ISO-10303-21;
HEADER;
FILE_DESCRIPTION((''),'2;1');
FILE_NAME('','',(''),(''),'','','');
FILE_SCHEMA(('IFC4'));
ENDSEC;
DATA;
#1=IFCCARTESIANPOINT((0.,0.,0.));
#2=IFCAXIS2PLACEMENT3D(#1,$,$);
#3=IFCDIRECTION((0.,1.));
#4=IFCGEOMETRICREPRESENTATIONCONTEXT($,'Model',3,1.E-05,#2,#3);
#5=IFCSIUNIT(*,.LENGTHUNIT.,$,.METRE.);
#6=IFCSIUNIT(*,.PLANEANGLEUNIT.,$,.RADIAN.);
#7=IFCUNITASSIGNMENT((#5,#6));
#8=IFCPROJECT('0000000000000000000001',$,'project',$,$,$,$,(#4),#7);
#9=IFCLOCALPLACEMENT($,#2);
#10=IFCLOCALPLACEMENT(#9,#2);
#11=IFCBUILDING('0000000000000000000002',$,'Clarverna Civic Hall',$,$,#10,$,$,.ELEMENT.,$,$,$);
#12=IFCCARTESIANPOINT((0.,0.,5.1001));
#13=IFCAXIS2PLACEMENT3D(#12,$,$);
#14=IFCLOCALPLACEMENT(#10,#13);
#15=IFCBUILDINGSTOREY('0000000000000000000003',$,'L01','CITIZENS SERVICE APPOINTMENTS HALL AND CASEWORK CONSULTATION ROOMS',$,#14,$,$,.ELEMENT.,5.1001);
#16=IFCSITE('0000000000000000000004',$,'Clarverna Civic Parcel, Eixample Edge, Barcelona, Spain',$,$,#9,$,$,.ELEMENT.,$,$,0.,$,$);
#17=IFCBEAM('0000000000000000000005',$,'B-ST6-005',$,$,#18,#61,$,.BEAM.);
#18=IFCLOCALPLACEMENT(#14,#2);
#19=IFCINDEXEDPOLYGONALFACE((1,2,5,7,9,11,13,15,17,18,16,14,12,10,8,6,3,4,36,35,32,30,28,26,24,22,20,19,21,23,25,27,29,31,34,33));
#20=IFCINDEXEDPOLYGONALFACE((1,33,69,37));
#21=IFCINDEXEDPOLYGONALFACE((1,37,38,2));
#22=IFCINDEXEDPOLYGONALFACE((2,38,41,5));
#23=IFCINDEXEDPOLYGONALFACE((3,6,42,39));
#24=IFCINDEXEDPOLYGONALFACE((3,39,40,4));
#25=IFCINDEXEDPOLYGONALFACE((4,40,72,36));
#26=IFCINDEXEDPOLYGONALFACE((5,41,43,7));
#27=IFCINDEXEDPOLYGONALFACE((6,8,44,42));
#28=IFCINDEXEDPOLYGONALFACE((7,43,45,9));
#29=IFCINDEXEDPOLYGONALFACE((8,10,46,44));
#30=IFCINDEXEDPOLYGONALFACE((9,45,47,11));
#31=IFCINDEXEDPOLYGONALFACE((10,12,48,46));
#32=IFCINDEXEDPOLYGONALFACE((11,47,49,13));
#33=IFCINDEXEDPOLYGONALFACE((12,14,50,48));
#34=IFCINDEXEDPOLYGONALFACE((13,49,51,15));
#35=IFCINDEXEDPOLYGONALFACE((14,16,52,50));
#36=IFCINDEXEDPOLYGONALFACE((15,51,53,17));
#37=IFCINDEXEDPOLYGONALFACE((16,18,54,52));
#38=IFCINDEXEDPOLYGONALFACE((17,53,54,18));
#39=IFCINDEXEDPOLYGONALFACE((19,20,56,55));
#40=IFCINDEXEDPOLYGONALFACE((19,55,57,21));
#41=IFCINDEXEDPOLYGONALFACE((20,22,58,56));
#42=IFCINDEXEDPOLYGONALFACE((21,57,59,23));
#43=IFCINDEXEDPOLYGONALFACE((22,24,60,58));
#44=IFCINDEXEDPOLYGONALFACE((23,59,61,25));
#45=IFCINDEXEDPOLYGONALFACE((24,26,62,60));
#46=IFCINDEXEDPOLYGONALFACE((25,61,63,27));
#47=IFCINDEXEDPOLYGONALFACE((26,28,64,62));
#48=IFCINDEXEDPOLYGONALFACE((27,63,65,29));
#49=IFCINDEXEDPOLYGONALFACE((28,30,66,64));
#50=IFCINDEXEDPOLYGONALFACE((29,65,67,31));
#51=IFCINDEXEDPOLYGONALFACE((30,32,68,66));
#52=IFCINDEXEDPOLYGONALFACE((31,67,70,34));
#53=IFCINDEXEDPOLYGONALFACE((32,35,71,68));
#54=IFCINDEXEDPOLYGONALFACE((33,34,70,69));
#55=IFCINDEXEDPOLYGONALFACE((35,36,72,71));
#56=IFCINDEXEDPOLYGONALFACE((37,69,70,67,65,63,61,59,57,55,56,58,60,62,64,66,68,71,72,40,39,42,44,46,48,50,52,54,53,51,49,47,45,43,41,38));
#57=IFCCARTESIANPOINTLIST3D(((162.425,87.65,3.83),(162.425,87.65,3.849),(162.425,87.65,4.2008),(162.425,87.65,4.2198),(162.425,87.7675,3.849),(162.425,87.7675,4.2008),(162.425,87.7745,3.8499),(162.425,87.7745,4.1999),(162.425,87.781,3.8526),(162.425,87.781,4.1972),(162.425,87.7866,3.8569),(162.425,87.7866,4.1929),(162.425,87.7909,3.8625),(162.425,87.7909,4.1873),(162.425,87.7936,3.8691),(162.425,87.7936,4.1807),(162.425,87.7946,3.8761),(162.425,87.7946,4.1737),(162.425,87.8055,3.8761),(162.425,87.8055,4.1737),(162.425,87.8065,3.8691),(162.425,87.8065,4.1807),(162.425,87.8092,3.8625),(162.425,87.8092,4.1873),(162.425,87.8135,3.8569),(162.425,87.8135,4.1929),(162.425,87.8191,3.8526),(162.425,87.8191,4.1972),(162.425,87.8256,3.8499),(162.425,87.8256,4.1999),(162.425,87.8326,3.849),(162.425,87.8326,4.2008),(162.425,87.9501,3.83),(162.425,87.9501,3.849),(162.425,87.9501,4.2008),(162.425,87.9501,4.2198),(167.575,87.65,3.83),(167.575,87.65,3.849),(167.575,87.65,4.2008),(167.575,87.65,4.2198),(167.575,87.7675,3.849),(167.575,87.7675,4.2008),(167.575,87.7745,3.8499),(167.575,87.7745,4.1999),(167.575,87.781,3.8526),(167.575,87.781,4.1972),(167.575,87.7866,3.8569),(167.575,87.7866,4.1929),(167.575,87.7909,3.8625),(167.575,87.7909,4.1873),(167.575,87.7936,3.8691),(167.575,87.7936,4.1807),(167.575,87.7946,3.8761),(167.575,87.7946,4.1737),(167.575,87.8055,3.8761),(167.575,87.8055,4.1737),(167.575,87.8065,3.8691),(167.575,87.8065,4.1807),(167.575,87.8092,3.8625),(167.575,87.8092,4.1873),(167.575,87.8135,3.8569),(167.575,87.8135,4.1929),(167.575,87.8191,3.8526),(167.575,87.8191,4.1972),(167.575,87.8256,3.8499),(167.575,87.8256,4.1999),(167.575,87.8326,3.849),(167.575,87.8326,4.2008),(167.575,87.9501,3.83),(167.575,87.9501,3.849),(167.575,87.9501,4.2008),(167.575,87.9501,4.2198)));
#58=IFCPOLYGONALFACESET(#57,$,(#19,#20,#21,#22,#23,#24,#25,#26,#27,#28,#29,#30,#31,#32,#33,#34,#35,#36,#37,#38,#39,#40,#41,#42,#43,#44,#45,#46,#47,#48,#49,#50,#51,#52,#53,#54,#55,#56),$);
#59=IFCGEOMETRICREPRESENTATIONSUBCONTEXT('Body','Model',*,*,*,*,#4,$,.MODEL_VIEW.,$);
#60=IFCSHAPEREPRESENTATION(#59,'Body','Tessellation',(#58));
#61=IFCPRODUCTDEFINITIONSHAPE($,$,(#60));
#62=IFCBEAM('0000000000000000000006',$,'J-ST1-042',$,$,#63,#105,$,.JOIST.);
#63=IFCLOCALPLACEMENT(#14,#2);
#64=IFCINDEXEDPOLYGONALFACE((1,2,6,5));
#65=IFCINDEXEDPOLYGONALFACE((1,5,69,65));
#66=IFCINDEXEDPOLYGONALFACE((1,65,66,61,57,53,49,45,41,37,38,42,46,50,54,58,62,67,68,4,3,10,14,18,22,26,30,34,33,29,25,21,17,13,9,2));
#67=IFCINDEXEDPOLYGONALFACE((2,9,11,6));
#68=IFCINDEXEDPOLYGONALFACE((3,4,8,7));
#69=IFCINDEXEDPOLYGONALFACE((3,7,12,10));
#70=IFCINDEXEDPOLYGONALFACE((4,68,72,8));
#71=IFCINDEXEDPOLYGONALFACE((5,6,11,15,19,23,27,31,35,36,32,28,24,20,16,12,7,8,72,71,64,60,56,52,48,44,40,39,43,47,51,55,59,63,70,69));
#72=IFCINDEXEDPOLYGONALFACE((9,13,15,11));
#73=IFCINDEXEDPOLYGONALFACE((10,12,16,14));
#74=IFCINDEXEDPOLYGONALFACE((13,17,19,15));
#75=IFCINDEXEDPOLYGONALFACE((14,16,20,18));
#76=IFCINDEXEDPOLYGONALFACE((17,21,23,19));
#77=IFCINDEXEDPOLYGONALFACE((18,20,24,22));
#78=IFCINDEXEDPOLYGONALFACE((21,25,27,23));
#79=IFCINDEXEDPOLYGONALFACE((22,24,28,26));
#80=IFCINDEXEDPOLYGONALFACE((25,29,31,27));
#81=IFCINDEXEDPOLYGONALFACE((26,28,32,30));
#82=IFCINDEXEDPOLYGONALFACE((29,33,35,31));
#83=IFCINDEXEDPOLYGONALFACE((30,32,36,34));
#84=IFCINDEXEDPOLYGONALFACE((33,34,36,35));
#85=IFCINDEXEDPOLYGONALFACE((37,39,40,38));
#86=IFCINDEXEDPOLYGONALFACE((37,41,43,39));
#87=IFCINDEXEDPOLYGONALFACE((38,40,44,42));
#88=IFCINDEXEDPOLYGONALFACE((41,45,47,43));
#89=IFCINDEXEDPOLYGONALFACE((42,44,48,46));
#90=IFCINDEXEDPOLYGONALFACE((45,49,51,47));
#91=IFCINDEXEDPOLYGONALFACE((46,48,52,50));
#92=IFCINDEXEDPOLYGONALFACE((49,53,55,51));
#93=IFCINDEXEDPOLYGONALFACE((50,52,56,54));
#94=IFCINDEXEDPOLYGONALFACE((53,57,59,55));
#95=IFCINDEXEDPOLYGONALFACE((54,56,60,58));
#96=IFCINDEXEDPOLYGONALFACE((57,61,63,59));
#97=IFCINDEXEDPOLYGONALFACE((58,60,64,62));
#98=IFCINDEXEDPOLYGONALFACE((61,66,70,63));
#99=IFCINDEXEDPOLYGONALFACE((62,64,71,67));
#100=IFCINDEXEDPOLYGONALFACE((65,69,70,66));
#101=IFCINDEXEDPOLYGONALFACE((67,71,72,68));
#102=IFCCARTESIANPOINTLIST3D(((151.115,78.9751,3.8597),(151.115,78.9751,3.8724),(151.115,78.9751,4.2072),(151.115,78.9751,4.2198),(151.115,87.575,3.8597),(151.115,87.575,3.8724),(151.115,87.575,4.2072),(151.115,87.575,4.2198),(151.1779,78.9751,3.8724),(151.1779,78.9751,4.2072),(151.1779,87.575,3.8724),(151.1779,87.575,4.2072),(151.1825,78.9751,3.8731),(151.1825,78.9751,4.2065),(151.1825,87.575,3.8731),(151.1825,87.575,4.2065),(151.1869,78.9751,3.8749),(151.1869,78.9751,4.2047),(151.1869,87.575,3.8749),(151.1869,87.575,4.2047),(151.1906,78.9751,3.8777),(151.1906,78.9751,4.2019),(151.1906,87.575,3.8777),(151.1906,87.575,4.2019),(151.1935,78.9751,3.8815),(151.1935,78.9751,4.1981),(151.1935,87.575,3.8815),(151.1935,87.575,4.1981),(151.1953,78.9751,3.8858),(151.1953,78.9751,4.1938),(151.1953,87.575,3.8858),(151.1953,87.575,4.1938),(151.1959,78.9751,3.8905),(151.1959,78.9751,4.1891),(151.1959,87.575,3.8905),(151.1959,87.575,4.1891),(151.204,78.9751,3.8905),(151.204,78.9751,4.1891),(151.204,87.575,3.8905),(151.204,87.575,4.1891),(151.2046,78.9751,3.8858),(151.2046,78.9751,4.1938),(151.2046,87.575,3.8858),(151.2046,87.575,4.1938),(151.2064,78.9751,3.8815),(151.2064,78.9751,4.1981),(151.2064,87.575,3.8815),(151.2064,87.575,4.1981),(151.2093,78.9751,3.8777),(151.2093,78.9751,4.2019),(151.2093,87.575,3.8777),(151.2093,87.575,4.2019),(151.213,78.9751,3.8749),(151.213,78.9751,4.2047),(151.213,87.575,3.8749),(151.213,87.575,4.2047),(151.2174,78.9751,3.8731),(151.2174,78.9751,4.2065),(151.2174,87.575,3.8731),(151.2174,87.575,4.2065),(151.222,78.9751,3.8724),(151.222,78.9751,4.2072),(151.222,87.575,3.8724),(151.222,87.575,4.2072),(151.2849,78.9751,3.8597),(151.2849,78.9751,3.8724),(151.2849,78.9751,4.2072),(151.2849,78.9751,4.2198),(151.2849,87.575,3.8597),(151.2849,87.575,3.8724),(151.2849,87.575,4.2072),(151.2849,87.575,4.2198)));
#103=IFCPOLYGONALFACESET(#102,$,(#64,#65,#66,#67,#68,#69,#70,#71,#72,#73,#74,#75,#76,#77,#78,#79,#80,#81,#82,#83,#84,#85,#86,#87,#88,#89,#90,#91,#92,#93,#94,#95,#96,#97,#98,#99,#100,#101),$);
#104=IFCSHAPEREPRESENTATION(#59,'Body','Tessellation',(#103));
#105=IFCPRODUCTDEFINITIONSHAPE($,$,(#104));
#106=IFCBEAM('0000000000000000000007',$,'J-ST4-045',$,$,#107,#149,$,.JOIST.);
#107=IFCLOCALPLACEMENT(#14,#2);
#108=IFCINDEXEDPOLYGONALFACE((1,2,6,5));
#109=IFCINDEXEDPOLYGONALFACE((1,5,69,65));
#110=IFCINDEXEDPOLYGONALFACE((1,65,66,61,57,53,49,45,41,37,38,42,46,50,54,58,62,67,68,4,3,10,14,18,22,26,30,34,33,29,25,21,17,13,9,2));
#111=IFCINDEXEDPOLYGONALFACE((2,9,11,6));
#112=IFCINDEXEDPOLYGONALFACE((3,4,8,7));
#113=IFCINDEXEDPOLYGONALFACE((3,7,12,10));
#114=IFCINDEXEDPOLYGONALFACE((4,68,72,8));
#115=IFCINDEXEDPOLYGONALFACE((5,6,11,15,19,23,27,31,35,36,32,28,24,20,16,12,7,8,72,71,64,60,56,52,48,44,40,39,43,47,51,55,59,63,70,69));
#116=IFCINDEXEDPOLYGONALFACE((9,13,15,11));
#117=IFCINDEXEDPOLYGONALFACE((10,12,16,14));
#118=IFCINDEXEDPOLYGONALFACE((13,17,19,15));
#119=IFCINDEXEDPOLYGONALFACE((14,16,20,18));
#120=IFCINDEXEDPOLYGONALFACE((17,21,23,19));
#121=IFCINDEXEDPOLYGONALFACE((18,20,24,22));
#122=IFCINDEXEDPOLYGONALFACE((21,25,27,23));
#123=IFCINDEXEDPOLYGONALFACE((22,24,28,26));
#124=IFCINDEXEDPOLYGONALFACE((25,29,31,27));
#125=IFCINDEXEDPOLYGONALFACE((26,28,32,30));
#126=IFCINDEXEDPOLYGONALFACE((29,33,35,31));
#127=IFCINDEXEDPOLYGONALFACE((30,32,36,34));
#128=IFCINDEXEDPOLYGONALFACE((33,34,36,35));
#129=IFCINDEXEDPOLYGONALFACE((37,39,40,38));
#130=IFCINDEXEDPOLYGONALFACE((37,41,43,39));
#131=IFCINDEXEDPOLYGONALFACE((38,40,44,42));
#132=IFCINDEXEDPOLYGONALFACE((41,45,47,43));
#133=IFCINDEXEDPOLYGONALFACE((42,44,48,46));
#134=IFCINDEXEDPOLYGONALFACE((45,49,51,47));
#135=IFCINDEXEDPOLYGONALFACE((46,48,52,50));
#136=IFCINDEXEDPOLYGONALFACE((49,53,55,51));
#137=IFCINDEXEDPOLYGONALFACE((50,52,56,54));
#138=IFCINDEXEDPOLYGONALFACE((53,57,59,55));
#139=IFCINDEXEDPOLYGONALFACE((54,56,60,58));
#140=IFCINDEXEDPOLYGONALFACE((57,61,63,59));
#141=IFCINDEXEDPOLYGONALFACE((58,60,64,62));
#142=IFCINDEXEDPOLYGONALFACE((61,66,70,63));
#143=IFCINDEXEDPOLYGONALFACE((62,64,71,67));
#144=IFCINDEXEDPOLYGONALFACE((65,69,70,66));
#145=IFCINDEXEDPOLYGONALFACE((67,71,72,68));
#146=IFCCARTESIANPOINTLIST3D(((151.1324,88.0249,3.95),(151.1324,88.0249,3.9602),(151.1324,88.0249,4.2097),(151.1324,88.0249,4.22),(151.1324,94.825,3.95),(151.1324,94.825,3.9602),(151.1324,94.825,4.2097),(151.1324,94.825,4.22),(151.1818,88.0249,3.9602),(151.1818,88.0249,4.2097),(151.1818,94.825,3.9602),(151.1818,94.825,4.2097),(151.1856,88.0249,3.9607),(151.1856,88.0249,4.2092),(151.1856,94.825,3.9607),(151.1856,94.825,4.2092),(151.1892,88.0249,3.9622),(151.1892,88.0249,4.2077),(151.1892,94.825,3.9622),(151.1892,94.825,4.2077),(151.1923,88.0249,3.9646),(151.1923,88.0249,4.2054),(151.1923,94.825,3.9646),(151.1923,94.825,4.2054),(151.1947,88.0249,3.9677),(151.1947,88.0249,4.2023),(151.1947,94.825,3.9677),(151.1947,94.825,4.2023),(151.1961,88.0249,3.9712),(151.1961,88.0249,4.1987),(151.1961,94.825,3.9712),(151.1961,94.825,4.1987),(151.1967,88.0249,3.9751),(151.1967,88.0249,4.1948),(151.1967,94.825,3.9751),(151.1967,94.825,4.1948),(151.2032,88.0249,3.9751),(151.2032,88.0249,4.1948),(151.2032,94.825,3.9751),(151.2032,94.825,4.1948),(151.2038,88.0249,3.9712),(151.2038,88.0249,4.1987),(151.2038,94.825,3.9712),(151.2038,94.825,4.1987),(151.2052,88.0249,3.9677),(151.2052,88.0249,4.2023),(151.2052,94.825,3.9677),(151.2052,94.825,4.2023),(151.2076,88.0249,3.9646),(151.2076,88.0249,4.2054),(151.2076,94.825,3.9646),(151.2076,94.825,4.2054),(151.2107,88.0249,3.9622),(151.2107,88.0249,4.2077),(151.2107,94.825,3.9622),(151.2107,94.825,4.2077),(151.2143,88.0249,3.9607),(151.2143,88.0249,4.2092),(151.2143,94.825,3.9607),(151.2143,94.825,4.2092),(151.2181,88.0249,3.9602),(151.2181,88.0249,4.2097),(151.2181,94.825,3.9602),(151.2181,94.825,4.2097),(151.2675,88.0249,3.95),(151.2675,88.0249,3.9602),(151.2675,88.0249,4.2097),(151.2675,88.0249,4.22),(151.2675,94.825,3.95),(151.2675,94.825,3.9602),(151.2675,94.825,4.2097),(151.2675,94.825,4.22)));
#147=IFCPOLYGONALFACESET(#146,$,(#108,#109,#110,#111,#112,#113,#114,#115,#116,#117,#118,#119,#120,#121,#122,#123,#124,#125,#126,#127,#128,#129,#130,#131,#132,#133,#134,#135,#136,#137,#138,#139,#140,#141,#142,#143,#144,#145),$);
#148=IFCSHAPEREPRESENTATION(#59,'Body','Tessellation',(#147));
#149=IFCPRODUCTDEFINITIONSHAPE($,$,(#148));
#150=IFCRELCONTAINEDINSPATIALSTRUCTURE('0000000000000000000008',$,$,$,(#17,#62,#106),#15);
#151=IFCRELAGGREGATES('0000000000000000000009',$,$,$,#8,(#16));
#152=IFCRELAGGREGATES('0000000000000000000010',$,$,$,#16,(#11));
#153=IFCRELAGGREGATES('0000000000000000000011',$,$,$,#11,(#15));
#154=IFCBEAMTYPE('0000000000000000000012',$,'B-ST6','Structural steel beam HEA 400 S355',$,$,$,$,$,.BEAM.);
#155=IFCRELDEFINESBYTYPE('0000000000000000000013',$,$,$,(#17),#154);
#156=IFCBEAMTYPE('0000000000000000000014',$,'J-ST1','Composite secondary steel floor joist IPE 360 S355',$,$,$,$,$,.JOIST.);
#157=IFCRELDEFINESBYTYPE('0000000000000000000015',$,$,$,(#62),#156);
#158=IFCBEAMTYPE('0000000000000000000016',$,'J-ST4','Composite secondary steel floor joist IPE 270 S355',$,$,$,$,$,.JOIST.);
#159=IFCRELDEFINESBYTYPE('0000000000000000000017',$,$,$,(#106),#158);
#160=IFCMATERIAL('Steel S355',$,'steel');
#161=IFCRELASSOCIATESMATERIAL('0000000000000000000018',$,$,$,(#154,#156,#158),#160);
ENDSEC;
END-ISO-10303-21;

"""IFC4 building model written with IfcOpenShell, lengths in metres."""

from ifc_helpers import new_model, si_unit, direction, frame, origin, origin_2d, place, context, subcontext, project, spatial, i_section, extrude, material, material_profile, profile_set, type_object, element, save


model = new_model("IFC4")

# Units and contexts
model_context = context("Model", 3, precision=1e-05, world=origin(), true_north=direction((0.0, 1.0)))
body_context = subcontext(model_context, "Body", "Model", "MODEL_VIEW")
ifc_project = project(units=[si_unit("LENGTHUNIT", "METRE"), si_unit("PLANEANGLEUNIT", "RADIAN")], contexts=[model_context])

# Site, building, storey
site_placement = place(None, origin())
site = spatial("IfcSite", under=ifc_project, at=site_placement, Name="Clarverna Civic Parcel, Eixample Edge, Barcelona, Spain", CompositionType="ELEMENT", RefElevation=0.0)
building_placement = place(site_placement, origin())
building = spatial("IfcBuilding", under=site, at=building_placement, Name="Clarverna Civic Hall", CompositionType="ELEMENT")
storey_placement = place(building_placement, frame((0.0, 0.0, 5.1001)))
storey = spatial("IfcBuildingStorey", under=building, at=storey_placement, Name="L01", Description="CITIZENS SERVICE APPOINTMENTS HALL AND CASEWORK CONSULTATION ROOMS", CompositionType="ELEMENT", Elevation=5.1001)

# Beams
ifc_material_1 = material(Name="Steel S355", Category="steel")
ifc_material_profile_1 = material_profile(ifc_material_1, i_section(OverallWidth=0.3, OverallDepth=0.3899, WebThickness=0.011, FlangeThickness=0.019, FilletRadius=0.0271, at=origin_2d()), Name="HEA 400")
ifc_profile_set_1 = profile_set([ifc_material_profile_1], Name="Steel S355")
beam_type_1 = type_object("IfcBeamType", Name="B-ST6", Description="Structural steel beam HEA 400 S355", PredefinedType="BEAM", material=ifc_profile_set_1)
beam_1_placement = place(storey_placement, frame((162.425, 87.8, 4.0249), z_axis=(1.0, 0.0, 0.0), x_axis=(0.0, 1.0, 0.0)))
element("IfcBeam", 1, at=beam_1_placement, inside=storey, type_object=beam_type_1, Name="B-ST6-005", PredefinedType="BEAM", context=body_context, shape_type="SweptSolid", body=[
    extrude(i_section(OverallWidth=0.3, OverallDepth=0.3899, WebThickness=0.011, FlangeThickness=0.019, FilletRadius=0.0271, at=origin_2d()), origin(), (0.0, 0.0, 1.0), 5.1499),
])
ifc_material_profile_2 = material_profile(ifc_material_1, i_section(OverallWidth=0.1699, OverallDepth=0.3601, WebThickness=0.0081, FlangeThickness=0.0127, FilletRadius=0.0181, at=origin_2d()), Name="IPE 360")
ifc_profile_set_2 = profile_set([ifc_material_profile_2], Name="Steel S355")
beam_type_2 = type_object("IfcBeamType", Name="J-ST1", Description="Composite secondary steel floor joist IPE 360 S355", PredefinedType="JOIST", material=ifc_profile_set_2)
beam_2_placement = place(storey_placement, frame((151.2, 78.9751, 4.0398), z_axis=(0.0, 1.0, 0.0), x_axis=(-1.0, 0.0, 0.0)))
element("IfcBeam", 2, at=beam_2_placement, inside=storey, type_object=beam_type_2, Name="J-ST1-042", PredefinedType="JOIST", context=body_context, shape_type="SweptSolid", body=[
    extrude(i_section(OverallWidth=0.1699, OverallDepth=0.3601, WebThickness=0.0081, FlangeThickness=0.0127, FilletRadius=0.0181, at=origin_2d()), origin(), (0.0, 0.0, 1.0), 8.5999),
])
ifc_material_profile_3 = material_profile(ifc_material_1, i_section(OverallWidth=0.135, OverallDepth=0.27, WebThickness=0.0066, FlangeThickness=0.0103, FilletRadius=0.0149, at=origin_2d()), Name="IPE 270")
ifc_profile_set_3 = profile_set([ifc_material_profile_3], Name="Steel S355")
beam_type_3 = type_object("IfcBeamType", Name="J-ST4", Description="Composite secondary steel floor joist IPE 270 S355", PredefinedType="JOIST", material=ifc_profile_set_3)
beam_3_placement = place(storey_placement, frame((151.2, 88.0249, 4.085), z_axis=(0.0, 1.0, 0.0), x_axis=(-1.0, 0.0, 0.0)))
element("IfcBeam", 3, at=beam_3_placement, inside=storey, type_object=beam_type_3, Name="J-ST4-045", PredefinedType="JOIST", context=body_context, shape_type="SweptSolid", body=[
    extrude(i_section(OverallWidth=0.135, OverallDepth=0.27, WebThickness=0.0066, FlangeThickness=0.0103, FilletRadius=0.0149, at=origin_2d()), origin(), (0.0, 0.0, 1.0), 6.8),
])

save(model, "model.ifc")
